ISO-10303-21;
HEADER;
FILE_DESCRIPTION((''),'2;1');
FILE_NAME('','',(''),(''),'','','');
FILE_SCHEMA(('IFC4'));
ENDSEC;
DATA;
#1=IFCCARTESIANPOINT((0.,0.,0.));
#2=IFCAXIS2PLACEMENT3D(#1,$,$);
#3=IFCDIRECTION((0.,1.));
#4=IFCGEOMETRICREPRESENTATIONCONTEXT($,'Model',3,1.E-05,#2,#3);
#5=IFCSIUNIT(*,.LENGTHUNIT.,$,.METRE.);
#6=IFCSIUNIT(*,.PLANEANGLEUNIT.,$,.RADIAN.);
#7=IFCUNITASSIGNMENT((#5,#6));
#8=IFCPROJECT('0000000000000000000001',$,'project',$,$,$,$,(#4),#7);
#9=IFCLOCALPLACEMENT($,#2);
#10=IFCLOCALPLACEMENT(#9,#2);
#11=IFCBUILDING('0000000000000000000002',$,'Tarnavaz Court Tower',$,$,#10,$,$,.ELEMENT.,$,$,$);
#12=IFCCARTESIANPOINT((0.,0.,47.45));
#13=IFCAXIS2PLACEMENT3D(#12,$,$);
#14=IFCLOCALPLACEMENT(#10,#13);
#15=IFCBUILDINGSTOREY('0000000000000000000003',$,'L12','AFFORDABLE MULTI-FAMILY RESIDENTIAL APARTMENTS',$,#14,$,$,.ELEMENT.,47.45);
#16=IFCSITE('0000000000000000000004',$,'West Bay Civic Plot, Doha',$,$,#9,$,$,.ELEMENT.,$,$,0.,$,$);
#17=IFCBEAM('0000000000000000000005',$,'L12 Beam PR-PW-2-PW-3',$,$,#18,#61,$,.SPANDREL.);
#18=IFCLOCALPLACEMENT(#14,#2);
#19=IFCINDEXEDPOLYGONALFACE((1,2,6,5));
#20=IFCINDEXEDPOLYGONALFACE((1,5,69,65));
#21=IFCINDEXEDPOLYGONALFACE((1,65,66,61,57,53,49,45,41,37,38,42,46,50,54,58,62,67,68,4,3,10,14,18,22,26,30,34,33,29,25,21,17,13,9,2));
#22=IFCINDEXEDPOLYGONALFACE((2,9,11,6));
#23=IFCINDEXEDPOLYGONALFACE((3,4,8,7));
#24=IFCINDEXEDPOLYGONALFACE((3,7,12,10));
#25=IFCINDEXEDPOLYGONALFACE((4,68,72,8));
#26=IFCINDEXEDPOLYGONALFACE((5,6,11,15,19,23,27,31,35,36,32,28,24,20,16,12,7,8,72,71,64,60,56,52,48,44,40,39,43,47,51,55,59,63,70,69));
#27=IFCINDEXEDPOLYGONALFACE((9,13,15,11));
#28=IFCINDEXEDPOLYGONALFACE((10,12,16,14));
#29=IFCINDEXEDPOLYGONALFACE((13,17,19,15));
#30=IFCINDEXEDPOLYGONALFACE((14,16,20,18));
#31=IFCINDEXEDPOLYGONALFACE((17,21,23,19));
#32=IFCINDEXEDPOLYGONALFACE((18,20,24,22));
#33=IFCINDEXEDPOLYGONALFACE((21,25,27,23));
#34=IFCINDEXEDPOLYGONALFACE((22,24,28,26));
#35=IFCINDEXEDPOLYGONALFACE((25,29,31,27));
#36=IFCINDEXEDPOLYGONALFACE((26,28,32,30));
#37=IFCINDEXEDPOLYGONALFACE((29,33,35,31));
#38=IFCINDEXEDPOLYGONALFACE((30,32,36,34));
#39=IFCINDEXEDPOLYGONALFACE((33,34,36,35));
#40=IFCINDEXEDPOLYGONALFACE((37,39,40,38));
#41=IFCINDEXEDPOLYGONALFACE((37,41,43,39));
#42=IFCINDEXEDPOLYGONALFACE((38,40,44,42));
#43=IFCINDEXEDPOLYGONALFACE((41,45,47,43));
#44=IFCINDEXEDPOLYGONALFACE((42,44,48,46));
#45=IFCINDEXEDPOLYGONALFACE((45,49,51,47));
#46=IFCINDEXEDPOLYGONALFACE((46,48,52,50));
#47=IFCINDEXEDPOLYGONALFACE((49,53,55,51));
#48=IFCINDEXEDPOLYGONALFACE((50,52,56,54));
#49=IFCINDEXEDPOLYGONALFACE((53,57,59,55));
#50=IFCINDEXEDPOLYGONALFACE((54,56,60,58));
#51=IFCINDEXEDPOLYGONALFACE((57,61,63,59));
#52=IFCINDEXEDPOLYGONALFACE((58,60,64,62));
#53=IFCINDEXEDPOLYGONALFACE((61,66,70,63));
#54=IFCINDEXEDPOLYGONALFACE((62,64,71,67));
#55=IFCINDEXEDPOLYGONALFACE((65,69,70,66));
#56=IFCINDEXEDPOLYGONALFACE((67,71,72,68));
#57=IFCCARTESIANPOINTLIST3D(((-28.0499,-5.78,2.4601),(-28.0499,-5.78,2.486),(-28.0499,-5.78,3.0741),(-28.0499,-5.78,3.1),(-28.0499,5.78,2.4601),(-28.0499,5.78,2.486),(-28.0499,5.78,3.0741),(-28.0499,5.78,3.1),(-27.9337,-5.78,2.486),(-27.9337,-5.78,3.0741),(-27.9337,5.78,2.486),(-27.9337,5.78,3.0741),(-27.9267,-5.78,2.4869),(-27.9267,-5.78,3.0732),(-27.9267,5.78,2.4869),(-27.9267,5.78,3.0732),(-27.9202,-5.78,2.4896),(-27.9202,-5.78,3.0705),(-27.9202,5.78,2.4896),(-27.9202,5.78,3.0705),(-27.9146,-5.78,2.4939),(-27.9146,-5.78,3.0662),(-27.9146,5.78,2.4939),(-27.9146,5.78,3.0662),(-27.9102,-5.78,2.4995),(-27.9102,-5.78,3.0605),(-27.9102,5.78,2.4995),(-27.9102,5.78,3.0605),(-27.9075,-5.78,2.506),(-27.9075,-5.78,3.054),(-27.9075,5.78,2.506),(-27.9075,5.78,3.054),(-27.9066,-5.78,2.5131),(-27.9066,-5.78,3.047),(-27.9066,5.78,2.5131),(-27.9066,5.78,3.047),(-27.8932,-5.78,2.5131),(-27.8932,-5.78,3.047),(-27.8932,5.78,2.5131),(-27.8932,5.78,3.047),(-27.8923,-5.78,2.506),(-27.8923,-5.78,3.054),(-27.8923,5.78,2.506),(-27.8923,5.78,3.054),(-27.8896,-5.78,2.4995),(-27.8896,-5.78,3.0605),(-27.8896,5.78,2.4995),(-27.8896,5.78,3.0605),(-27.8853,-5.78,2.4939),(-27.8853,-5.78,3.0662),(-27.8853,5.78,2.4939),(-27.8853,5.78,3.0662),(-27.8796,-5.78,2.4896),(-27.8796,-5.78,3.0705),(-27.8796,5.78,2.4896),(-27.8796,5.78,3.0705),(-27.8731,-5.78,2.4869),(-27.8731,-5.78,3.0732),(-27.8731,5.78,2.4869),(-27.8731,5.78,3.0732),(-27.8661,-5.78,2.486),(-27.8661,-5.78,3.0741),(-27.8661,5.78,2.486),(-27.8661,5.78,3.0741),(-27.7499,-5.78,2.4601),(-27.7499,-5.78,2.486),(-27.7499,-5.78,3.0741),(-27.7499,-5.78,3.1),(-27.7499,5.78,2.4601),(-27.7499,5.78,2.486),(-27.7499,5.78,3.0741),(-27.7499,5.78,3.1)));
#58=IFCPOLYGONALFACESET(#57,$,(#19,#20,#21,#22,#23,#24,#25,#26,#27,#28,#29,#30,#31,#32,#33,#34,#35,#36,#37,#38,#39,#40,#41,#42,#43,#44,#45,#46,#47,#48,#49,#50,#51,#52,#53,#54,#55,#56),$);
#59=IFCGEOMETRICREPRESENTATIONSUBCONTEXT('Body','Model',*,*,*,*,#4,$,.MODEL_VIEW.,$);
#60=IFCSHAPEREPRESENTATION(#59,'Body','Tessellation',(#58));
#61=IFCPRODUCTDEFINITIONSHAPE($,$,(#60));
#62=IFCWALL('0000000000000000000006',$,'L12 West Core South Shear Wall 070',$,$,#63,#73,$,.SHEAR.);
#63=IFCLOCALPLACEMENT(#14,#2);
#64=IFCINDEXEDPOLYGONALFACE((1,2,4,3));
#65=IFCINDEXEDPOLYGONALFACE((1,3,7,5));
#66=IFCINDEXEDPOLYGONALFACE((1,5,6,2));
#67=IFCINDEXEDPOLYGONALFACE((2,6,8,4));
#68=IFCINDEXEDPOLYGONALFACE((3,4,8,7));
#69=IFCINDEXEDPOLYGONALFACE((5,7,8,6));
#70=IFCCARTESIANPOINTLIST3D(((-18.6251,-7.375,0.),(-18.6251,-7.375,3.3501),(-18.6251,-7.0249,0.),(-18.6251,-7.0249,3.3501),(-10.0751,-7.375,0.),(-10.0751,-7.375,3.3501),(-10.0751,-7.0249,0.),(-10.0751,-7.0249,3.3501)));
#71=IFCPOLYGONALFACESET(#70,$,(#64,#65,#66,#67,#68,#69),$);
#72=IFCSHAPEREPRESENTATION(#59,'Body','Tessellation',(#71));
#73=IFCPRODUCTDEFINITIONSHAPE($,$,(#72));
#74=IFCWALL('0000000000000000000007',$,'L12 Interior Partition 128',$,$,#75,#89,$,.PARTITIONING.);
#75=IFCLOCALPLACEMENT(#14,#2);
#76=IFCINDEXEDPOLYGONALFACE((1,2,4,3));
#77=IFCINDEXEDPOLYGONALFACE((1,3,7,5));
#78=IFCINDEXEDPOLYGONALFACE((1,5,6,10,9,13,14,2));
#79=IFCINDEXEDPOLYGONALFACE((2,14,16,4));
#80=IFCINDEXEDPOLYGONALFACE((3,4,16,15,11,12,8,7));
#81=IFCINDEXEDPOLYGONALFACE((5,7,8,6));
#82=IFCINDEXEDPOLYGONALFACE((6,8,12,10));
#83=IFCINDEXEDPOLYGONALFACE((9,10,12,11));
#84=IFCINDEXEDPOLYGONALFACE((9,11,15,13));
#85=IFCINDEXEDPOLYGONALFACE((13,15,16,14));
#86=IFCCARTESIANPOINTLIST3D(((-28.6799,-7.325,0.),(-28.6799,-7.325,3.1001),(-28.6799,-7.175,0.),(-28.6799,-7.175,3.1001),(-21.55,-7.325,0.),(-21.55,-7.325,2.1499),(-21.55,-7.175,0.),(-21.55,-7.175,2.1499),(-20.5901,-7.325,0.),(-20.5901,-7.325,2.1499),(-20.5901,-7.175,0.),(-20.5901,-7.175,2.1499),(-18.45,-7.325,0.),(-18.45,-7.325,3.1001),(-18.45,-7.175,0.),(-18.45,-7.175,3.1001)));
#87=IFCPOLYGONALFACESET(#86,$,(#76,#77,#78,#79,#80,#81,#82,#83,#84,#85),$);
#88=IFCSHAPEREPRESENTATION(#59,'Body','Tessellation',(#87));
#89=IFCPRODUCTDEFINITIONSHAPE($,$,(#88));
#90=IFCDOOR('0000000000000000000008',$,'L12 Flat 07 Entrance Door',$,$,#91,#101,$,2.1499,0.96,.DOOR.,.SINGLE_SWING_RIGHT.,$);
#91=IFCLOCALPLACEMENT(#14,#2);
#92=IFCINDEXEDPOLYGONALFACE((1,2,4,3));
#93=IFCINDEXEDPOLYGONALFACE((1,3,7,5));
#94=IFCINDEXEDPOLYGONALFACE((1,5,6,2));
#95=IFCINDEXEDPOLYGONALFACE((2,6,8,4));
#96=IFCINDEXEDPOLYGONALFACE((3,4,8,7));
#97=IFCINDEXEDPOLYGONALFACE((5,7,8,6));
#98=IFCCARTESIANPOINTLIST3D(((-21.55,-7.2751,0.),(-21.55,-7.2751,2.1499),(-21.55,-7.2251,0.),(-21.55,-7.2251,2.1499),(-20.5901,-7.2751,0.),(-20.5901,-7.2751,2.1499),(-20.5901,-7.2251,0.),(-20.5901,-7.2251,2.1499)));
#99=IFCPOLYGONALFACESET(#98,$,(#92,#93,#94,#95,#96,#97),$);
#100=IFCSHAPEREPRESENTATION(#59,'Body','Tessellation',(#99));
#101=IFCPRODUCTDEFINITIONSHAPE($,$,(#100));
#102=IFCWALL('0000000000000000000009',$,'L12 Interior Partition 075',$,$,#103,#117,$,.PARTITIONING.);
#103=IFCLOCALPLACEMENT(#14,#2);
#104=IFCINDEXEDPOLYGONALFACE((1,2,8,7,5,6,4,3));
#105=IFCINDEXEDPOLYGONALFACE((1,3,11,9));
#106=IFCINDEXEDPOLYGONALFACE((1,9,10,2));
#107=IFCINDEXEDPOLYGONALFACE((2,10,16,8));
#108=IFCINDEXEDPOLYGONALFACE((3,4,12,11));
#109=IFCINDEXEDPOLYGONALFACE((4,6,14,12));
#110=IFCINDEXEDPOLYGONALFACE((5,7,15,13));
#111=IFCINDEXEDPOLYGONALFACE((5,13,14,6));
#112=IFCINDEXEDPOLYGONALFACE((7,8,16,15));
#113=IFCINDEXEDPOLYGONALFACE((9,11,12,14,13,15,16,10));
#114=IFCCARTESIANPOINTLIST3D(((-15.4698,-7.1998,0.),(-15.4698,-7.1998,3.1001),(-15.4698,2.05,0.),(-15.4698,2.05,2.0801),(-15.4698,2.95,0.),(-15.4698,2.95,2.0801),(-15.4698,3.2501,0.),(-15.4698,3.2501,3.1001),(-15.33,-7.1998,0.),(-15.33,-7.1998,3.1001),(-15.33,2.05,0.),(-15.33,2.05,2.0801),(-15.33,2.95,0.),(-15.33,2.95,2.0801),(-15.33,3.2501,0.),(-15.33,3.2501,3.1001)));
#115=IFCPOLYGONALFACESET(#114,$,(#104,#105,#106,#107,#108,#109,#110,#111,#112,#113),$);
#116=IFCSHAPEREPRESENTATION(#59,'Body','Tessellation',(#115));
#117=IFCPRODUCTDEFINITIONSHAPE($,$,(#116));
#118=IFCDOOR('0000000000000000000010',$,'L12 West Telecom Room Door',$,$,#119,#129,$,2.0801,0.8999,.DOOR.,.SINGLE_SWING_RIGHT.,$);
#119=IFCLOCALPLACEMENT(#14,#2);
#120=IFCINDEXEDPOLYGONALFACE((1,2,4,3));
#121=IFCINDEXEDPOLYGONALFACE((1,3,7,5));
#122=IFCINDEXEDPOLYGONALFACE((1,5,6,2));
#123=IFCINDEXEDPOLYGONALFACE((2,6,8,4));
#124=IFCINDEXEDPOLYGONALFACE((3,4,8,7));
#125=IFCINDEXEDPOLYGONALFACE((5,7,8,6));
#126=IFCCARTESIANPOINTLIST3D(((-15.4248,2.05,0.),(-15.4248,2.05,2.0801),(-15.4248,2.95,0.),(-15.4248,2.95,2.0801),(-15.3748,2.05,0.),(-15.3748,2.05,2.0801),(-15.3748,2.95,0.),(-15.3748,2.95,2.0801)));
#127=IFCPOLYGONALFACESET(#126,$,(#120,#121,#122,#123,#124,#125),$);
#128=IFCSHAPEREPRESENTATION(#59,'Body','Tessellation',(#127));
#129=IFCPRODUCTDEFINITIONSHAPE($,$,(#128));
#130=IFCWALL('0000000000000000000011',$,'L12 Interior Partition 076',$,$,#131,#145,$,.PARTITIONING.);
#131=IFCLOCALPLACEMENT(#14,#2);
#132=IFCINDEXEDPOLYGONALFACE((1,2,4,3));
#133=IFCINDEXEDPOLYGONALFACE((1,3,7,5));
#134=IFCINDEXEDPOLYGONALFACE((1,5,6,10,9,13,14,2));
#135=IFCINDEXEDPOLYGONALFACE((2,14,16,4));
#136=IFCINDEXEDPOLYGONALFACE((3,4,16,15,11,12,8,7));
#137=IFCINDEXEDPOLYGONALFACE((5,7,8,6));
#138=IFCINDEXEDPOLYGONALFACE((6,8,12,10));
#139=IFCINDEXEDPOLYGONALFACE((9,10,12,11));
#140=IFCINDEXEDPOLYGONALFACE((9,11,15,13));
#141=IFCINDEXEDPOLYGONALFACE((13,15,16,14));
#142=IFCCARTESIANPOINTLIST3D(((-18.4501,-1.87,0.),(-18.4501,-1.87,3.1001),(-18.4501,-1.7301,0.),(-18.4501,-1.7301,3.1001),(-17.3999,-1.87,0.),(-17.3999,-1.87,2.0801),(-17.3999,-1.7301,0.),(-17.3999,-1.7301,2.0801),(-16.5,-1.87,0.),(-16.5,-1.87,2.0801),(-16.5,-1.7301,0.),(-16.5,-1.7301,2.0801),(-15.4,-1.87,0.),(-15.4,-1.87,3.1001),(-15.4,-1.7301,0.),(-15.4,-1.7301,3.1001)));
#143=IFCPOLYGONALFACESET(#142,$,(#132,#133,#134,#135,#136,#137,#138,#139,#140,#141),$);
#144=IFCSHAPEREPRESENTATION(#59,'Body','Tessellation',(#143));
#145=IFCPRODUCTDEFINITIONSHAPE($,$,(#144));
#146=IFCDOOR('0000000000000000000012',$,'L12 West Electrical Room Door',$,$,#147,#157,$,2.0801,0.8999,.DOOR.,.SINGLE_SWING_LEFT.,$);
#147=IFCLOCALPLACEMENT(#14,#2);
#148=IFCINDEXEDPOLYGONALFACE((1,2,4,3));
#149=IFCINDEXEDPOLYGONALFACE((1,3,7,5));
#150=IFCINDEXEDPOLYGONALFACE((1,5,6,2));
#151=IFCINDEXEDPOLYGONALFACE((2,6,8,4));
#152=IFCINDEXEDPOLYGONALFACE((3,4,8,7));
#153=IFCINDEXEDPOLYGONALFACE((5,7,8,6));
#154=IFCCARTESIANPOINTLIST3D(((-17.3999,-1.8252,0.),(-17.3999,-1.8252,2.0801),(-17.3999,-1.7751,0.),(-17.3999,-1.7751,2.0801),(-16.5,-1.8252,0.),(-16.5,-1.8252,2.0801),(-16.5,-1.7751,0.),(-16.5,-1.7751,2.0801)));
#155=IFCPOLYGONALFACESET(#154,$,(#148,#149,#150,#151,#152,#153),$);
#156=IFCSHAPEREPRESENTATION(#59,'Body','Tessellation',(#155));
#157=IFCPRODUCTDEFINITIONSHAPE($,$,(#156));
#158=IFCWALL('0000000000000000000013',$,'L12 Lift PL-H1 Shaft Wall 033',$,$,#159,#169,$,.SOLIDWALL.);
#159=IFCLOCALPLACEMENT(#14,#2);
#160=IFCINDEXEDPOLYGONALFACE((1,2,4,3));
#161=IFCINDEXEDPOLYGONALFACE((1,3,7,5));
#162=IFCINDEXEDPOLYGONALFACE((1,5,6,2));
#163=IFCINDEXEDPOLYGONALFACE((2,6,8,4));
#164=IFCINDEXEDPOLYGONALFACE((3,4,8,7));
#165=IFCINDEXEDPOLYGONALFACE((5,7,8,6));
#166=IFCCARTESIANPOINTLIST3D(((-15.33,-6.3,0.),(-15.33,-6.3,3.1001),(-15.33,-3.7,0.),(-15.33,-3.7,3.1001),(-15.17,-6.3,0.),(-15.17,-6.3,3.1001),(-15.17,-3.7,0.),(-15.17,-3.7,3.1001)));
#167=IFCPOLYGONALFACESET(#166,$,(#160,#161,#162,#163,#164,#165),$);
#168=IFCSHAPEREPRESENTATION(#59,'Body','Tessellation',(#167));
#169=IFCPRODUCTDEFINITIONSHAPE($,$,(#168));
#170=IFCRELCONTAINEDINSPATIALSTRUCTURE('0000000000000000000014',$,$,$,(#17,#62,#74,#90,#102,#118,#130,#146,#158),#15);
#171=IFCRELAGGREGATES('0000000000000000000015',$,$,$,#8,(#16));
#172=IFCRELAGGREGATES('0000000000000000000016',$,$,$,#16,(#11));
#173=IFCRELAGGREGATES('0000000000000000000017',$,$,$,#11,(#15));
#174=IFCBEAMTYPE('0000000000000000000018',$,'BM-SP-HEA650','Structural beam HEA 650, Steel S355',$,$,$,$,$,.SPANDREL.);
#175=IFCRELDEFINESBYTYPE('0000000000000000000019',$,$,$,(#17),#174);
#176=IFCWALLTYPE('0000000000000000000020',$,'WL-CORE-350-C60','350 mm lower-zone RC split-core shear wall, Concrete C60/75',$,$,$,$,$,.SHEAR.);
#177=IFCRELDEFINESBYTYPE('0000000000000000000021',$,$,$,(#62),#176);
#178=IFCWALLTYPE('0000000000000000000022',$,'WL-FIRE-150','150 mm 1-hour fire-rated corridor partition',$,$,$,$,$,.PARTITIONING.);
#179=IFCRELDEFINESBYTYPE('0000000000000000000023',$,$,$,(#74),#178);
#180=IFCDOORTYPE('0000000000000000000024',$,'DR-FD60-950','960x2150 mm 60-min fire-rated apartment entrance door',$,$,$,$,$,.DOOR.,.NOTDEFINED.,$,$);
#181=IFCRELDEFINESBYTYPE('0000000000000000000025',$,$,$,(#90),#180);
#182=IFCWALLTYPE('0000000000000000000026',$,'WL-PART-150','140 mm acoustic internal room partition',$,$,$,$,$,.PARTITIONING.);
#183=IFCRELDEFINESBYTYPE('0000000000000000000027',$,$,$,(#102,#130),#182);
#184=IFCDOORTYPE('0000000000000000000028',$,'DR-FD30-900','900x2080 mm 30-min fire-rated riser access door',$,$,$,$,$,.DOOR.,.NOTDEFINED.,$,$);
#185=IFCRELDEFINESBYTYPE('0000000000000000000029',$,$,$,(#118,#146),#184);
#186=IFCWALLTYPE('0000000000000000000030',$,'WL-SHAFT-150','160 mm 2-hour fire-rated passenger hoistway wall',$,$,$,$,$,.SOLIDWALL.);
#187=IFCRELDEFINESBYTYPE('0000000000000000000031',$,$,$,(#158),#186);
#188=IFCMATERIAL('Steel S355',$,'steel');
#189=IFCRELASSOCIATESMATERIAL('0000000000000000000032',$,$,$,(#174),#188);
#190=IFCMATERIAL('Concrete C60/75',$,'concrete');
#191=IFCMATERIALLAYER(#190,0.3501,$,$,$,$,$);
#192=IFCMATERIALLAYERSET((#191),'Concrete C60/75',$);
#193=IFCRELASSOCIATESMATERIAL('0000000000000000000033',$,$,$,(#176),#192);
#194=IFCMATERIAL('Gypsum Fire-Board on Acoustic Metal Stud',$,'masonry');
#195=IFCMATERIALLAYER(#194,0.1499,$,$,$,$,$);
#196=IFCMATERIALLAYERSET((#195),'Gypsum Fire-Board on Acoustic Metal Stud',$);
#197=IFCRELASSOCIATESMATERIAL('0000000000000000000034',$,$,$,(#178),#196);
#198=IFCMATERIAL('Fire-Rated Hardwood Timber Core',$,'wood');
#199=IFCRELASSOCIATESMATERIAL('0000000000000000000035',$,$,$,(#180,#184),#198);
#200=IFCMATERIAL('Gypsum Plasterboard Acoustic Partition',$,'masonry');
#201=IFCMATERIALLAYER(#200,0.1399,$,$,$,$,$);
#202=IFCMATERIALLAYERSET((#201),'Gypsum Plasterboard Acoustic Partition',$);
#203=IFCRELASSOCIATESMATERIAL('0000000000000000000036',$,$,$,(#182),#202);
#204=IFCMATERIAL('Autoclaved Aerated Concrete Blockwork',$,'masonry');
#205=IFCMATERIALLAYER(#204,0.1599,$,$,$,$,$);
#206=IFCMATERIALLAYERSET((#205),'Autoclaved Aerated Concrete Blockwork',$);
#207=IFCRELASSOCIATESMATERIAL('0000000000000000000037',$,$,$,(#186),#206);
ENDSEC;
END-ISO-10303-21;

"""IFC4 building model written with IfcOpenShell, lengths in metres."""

from ifc_helpers import new_model, si_unit, direction, frame, frame_2d, origin, origin_2d, place, context, subcontext, project, spatial, rectangle, i_section, extrude, material, layer, layer_set, material_profile, profile_set, type_object, element, fill, save


model = new_model("IFC4")

# Units and contexts
model_context = context("Model", 3, precision=1e-05, world=origin(), true_north=direction((0.0, 1.0)))
body_context = subcontext(model_context, "Body", "Model", "MODEL_VIEW")
ifc_project = project(units=[si_unit("LENGTHUNIT", "METRE"), si_unit("PLANEANGLEUNIT", "RADIAN")], contexts=[model_context])

# Site, building, storey
site_placement = place(None, origin())
site = spatial("IfcSite", under=ifc_project, at=site_placement, Name="West Bay Civic Plot, Doha", CompositionType="ELEMENT", RefElevation=0.0)
building_placement = place(site_placement, origin())
building = spatial("IfcBuilding", under=site, at=building_placement, Name="Tarnavaz Court Tower", CompositionType="ELEMENT")
storey_placement = place(building_placement, frame((0.0, 0.0, 47.45)))
storey = spatial("IfcBuildingStorey", under=building, at=storey_placement, Name="L12", Description="AFFORDABLE MULTI-FAMILY RESIDENTIAL APARTMENTS", CompositionType="ELEMENT", Elevation=47.45)

# Shared definitions
ifc_material_1 = material(Name="Concrete C60/75", Category="concrete")

# Beam
ifc_material_2 = material(Name="Steel S355", Category="steel")
ifc_material_profile_1 = material_profile(ifc_material_2, i_section(OverallWidth=0.3, OverallDepth=0.6399, WebThickness=0.0134, FlangeThickness=0.0259, FilletRadius=0.0271, at=origin_2d()), Name="HEA 650")
ifc_profile_set_1 = profile_set([ifc_material_profile_1], Name="Steel S355")
beam_type_1 = type_object("IfcBeamType", Name="BM-SP-HEA650", Description="Structural beam HEA 650, Steel S355", PredefinedType="SPANDREL", material=ifc_profile_set_1)
beam_1_placement = place(storey_placement, frame((-27.8999, -5.78, 2.78), z_axis=(0.0, 1.0, 0.0), x_axis=(-1.0, 0.0, 0.0)))
element("IfcBeam", 1, at=beam_1_placement, inside=storey, type_object=beam_type_1, Name="L12 Beam PR-PW-2-PW-3", PredefinedType="SPANDREL", context=body_context, shape_type="SweptSolid", body=[
    extrude(i_section(OverallWidth=0.3, OverallDepth=0.6399, WebThickness=0.0134, FlangeThickness=0.0259, FilletRadius=0.0271, at=origin_2d()), origin(), (0.0, 0.0, 1.0), 11.5601),
])

# Wall
ifc_layer_1 = layer(ifc_material_1, 0.3501)
ifc_layer_set_1 = layer_set([ifc_layer_1], Name="Concrete C60/75")
wall_type_1 = type_object("IfcWallType", Name="WL-CORE-350-C60", Description="350 mm lower-zone RC split-core shear wall, Concrete C60/75", PredefinedType="SHEAR", material=ifc_layer_set_1)
wall_1_placement = place(storey_placement, frame((-18.625, -7.2, 0.0), z_axis=(0.0, 0.0, 1.0), x_axis=(1.0, 0.0, 0.0)))
element("IfcWall", 2, at=wall_1_placement, inside=storey, type_object=wall_type_1, Name="L12 West Core South Shear Wall 070", PredefinedType="SHEAR", context=body_context, shape_type="SweptSolid", body=[
    extrude(rectangle(XDim=8.55, YDim=0.3501, at=frame_2d((4.2749, 0.0))), origin(), (0.0, 0.0, 1.0), 3.3501),
])

# Walls, openings, doors
ifc_material_3 = material(Name="Gypsum Fire-Board on Acoustic Metal Stud", Category="masonry")
ifc_layer_2 = layer(ifc_material_3, 0.1499)
ifc_layer_set_2 = layer_set([ifc_layer_2], Name="Gypsum Fire-Board on Acoustic Metal Stud")
wall_type_2 = type_object("IfcWallType", Name="WL-FIRE-150", Description="150 mm 1-hour fire-rated corridor partition", PredefinedType="PARTITIONING", material=ifc_layer_set_2)
wall_2_placement = place(storey_placement, frame((-28.6799, -7.25, 0.0), z_axis=(0.0, 0.0, 1.0), x_axis=(1.0, 0.0, 0.0)))
wall_2 = element("IfcWall", 3, at=wall_2_placement, inside=storey, type_object=wall_type_2, Name="L12 Interior Partition 128", PredefinedType="PARTITIONING", context=body_context, shape_type="SweptSolid", body=[
    extrude(rectangle(XDim=10.23, YDim=0.1499, at=frame_2d((5.115, 0.0))), origin(), (0.0, 0.0, 1.0), 3.1001),
])
opening_1_placement = place(wall_2_placement, frame((7.1299, 0.0, 0.0)))
opening_1 = element("IfcOpeningElement", 4, at=opening_1_placement, cuts=wall_2, PredefinedType="OPENING", context=body_context, shape_type="SweptSolid", body=[
    extrude(rectangle(XDim=0.96, YDim=2.1499, at=frame_2d((0.48, 1.075))), frame((0.0, 0.085, 0.0), z_axis=(0.0, -1.0, 0.0), x_axis=(1.0, 0.0, 0.0)), (0.0, 0.0, 1.0), 0.1699),
])
ifc_material_4 = material(Name="Fire-Rated Hardwood Timber Core", Category="wood")
door_type_1 = type_object("IfcDoorType", Name="DR-FD60-950", Description="960x2150 mm 60-min fire-rated apartment entrance door", OperationType="NOTDEFINED", PredefinedType="DOOR", material=ifc_material_4)
door_1_placement = place(opening_1_placement, origin())
door_1 = element("IfcDoor", 5, at=door_1_placement, inside=storey, type_object=door_type_1, Name="L12 Flat 07 Entrance Door", OperationType="SINGLE_SWING_RIGHT", OverallHeight=2.1499, OverallWidth=0.96, PredefinedType="DOOR", context=body_context, shape_type="SweptSolid", body=[
    extrude(rectangle(XDim=0.96, YDim=2.1499, at=frame_2d((0.48, 1.075))), frame((0.0, 0.0249, 0.0), z_axis=(0.0, -1.0, 0.0), x_axis=(1.0, 0.0, 0.0)), (0.0, 0.0, 1.0), 0.05),
])
fill(opening_1, door_1)
ifc_material_5 = material(Name="Gypsum Plasterboard Acoustic Partition", Category="masonry")
ifc_layer_3 = layer(ifc_material_5, 0.1399)
ifc_layer_set_3 = layer_set([ifc_layer_3], Name="Gypsum Plasterboard Acoustic Partition")
wall_type_3 = type_object("IfcWallType", Name="WL-PART-150", Description="140 mm acoustic internal room partition", PredefinedType="PARTITIONING", material=ifc_layer_set_3)
wall_3_placement = place(storey_placement, frame((-15.3999, -7.2, 0.0), z_axis=(0.0, 0.0, 1.0), x_axis=(0.0, 1.0, 0.0)))
wall_3 = element("IfcWall", 6, at=wall_3_placement, inside=storey, type_object=wall_type_3, Name="L12 Interior Partition 075", PredefinedType="PARTITIONING", context=body_context, shape_type="SweptSolid", body=[
    extrude(rectangle(XDim=10.45, YDim=0.1399, at=frame_2d((5.2251, 0.0))), origin(), (0.0, 0.0, 1.0), 3.1001),
])
opening_2_placement = place(wall_3_placement, frame((9.25, 0.0, 0.0)))
opening_2 = element("IfcOpeningElement", 7, at=opening_2_placement, cuts=wall_3, PredefinedType="OPENING", context=body_context, shape_type="SweptSolid", body=[
    extrude(rectangle(XDim=0.8999, YDim=2.0801, at=frame_2d((0.45, 1.04))), frame((0.0, 0.0798, 0.0), z_axis=(0.0, -1.0, 0.0), x_axis=(1.0, 0.0, 0.0)), (0.0, 0.0, 1.0), 0.1599),
])
door_type_2 = type_object("IfcDoorType", Name="DR-FD30-900", Description="900x2080 mm 30-min fire-rated riser access door", OperationType="NOTDEFINED", PredefinedType="DOOR", material=ifc_material_4)
door_2_placement = place(opening_2_placement, origin())
door_2 = element("IfcDoor", 8, at=door_2_placement, inside=storey, type_object=door_type_2, Name="L12 West Telecom Room Door", OperationType="SINGLE_SWING_RIGHT", OverallHeight=2.0801, OverallWidth=0.8999, PredefinedType="DOOR", context=body_context, shape_type="SweptSolid", body=[
    extrude(rectangle(XDim=0.8999, YDim=2.0801, at=frame_2d((0.45, 1.04))), frame((0.0, 0.0249, 0.0), z_axis=(0.0, -1.0, 0.0), x_axis=(1.0, 0.0, 0.0)), (0.0, 0.0, 1.0), 0.05),
])
fill(opening_2, door_2)
wall_4_placement = place(storey_placement, frame((-18.45, -1.8, 0.0), z_axis=(0.0, 0.0, 1.0), x_axis=(1.0, 0.0, 0.0)))
wall_4 = element("IfcWall", 9, at=wall_4_placement, inside=storey, type_object=wall_type_3, Name="L12 Interior Partition 076", PredefinedType="PARTITIONING", context=body_context, shape_type="SweptSolid", body=[
    extrude(rectangle(XDim=3.05, YDim=0.1399, at=frame_2d((1.5249, 0.0))), origin(), (0.0, 0.0, 1.0), 3.1001),
])
opening_3_placement = place(wall_4_placement, frame((1.05, 0.0, 0.0)))
opening_3 = element("IfcOpeningElement", 10, at=opening_3_placement, cuts=wall_4, PredefinedType="OPENING", context=body_context, shape_type="SweptSolid", body=[
    extrude(rectangle(XDim=0.8999, YDim=2.0801, at=frame_2d((0.45, 1.04))), frame((0.0, 0.0798, 0.0), z_axis=(0.0, -1.0, 0.0), x_axis=(1.0, 0.0, 0.0)), (0.0, 0.0, 1.0), 0.1599),
])
door_3_placement = place(opening_3_placement, origin())
door_3 = element("IfcDoor", 11, at=door_3_placement, inside=storey, type_object=door_type_2, Name="L12 West Electrical Room Door", OperationType="SINGLE_SWING_LEFT", OverallHeight=2.0801, OverallWidth=0.8999, PredefinedType="DOOR", context=body_context, shape_type="SweptSolid", body=[
    extrude(rectangle(XDim=0.8999, YDim=2.0801, at=frame_2d((0.45, 1.04))), frame((0.0, 0.0249, 0.0), z_axis=(0.0, -1.0, 0.0), x_axis=(1.0, 0.0, 0.0)), (0.0, 0.0, 1.0), 0.05),
])
fill(opening_3, door_3)

# Wall
ifc_material_6 = material(Name="Autoclaved Aerated Concrete Blockwork", Category="masonry")
ifc_layer_4 = layer(ifc_material_6, 0.1599)
ifc_layer_set_4 = layer_set([ifc_layer_4], Name="Autoclaved Aerated Concrete Blockwork")
wall_type_4 = type_object("IfcWallType", Name="WL-SHAFT-150", Description="160 mm 2-hour fire-rated passenger hoistway wall", PredefinedType="SOLIDWALL", material=ifc_layer_set_4)
wall_5_placement = place(storey_placement, frame((-15.25, -6.3, 0.0), z_axis=(0.0, 0.0, 1.0), x_axis=(0.0, 1.0, 0.0)))
element("IfcWall", 12, at=wall_5_placement, inside=storey, type_object=wall_type_4, Name="L12 Lift PL-H1 Shaft Wall 033", PredefinedType="SOLIDWALL", context=body_context, shape_type="SweptSolid", body=[
    extrude(rectangle(XDim=2.6001, YDim=0.1599, at=frame_2d((1.3, 0.0))), origin(), (0.0, 0.0, 1.0), 3.1001),
])

save(model, "model.ifc")
